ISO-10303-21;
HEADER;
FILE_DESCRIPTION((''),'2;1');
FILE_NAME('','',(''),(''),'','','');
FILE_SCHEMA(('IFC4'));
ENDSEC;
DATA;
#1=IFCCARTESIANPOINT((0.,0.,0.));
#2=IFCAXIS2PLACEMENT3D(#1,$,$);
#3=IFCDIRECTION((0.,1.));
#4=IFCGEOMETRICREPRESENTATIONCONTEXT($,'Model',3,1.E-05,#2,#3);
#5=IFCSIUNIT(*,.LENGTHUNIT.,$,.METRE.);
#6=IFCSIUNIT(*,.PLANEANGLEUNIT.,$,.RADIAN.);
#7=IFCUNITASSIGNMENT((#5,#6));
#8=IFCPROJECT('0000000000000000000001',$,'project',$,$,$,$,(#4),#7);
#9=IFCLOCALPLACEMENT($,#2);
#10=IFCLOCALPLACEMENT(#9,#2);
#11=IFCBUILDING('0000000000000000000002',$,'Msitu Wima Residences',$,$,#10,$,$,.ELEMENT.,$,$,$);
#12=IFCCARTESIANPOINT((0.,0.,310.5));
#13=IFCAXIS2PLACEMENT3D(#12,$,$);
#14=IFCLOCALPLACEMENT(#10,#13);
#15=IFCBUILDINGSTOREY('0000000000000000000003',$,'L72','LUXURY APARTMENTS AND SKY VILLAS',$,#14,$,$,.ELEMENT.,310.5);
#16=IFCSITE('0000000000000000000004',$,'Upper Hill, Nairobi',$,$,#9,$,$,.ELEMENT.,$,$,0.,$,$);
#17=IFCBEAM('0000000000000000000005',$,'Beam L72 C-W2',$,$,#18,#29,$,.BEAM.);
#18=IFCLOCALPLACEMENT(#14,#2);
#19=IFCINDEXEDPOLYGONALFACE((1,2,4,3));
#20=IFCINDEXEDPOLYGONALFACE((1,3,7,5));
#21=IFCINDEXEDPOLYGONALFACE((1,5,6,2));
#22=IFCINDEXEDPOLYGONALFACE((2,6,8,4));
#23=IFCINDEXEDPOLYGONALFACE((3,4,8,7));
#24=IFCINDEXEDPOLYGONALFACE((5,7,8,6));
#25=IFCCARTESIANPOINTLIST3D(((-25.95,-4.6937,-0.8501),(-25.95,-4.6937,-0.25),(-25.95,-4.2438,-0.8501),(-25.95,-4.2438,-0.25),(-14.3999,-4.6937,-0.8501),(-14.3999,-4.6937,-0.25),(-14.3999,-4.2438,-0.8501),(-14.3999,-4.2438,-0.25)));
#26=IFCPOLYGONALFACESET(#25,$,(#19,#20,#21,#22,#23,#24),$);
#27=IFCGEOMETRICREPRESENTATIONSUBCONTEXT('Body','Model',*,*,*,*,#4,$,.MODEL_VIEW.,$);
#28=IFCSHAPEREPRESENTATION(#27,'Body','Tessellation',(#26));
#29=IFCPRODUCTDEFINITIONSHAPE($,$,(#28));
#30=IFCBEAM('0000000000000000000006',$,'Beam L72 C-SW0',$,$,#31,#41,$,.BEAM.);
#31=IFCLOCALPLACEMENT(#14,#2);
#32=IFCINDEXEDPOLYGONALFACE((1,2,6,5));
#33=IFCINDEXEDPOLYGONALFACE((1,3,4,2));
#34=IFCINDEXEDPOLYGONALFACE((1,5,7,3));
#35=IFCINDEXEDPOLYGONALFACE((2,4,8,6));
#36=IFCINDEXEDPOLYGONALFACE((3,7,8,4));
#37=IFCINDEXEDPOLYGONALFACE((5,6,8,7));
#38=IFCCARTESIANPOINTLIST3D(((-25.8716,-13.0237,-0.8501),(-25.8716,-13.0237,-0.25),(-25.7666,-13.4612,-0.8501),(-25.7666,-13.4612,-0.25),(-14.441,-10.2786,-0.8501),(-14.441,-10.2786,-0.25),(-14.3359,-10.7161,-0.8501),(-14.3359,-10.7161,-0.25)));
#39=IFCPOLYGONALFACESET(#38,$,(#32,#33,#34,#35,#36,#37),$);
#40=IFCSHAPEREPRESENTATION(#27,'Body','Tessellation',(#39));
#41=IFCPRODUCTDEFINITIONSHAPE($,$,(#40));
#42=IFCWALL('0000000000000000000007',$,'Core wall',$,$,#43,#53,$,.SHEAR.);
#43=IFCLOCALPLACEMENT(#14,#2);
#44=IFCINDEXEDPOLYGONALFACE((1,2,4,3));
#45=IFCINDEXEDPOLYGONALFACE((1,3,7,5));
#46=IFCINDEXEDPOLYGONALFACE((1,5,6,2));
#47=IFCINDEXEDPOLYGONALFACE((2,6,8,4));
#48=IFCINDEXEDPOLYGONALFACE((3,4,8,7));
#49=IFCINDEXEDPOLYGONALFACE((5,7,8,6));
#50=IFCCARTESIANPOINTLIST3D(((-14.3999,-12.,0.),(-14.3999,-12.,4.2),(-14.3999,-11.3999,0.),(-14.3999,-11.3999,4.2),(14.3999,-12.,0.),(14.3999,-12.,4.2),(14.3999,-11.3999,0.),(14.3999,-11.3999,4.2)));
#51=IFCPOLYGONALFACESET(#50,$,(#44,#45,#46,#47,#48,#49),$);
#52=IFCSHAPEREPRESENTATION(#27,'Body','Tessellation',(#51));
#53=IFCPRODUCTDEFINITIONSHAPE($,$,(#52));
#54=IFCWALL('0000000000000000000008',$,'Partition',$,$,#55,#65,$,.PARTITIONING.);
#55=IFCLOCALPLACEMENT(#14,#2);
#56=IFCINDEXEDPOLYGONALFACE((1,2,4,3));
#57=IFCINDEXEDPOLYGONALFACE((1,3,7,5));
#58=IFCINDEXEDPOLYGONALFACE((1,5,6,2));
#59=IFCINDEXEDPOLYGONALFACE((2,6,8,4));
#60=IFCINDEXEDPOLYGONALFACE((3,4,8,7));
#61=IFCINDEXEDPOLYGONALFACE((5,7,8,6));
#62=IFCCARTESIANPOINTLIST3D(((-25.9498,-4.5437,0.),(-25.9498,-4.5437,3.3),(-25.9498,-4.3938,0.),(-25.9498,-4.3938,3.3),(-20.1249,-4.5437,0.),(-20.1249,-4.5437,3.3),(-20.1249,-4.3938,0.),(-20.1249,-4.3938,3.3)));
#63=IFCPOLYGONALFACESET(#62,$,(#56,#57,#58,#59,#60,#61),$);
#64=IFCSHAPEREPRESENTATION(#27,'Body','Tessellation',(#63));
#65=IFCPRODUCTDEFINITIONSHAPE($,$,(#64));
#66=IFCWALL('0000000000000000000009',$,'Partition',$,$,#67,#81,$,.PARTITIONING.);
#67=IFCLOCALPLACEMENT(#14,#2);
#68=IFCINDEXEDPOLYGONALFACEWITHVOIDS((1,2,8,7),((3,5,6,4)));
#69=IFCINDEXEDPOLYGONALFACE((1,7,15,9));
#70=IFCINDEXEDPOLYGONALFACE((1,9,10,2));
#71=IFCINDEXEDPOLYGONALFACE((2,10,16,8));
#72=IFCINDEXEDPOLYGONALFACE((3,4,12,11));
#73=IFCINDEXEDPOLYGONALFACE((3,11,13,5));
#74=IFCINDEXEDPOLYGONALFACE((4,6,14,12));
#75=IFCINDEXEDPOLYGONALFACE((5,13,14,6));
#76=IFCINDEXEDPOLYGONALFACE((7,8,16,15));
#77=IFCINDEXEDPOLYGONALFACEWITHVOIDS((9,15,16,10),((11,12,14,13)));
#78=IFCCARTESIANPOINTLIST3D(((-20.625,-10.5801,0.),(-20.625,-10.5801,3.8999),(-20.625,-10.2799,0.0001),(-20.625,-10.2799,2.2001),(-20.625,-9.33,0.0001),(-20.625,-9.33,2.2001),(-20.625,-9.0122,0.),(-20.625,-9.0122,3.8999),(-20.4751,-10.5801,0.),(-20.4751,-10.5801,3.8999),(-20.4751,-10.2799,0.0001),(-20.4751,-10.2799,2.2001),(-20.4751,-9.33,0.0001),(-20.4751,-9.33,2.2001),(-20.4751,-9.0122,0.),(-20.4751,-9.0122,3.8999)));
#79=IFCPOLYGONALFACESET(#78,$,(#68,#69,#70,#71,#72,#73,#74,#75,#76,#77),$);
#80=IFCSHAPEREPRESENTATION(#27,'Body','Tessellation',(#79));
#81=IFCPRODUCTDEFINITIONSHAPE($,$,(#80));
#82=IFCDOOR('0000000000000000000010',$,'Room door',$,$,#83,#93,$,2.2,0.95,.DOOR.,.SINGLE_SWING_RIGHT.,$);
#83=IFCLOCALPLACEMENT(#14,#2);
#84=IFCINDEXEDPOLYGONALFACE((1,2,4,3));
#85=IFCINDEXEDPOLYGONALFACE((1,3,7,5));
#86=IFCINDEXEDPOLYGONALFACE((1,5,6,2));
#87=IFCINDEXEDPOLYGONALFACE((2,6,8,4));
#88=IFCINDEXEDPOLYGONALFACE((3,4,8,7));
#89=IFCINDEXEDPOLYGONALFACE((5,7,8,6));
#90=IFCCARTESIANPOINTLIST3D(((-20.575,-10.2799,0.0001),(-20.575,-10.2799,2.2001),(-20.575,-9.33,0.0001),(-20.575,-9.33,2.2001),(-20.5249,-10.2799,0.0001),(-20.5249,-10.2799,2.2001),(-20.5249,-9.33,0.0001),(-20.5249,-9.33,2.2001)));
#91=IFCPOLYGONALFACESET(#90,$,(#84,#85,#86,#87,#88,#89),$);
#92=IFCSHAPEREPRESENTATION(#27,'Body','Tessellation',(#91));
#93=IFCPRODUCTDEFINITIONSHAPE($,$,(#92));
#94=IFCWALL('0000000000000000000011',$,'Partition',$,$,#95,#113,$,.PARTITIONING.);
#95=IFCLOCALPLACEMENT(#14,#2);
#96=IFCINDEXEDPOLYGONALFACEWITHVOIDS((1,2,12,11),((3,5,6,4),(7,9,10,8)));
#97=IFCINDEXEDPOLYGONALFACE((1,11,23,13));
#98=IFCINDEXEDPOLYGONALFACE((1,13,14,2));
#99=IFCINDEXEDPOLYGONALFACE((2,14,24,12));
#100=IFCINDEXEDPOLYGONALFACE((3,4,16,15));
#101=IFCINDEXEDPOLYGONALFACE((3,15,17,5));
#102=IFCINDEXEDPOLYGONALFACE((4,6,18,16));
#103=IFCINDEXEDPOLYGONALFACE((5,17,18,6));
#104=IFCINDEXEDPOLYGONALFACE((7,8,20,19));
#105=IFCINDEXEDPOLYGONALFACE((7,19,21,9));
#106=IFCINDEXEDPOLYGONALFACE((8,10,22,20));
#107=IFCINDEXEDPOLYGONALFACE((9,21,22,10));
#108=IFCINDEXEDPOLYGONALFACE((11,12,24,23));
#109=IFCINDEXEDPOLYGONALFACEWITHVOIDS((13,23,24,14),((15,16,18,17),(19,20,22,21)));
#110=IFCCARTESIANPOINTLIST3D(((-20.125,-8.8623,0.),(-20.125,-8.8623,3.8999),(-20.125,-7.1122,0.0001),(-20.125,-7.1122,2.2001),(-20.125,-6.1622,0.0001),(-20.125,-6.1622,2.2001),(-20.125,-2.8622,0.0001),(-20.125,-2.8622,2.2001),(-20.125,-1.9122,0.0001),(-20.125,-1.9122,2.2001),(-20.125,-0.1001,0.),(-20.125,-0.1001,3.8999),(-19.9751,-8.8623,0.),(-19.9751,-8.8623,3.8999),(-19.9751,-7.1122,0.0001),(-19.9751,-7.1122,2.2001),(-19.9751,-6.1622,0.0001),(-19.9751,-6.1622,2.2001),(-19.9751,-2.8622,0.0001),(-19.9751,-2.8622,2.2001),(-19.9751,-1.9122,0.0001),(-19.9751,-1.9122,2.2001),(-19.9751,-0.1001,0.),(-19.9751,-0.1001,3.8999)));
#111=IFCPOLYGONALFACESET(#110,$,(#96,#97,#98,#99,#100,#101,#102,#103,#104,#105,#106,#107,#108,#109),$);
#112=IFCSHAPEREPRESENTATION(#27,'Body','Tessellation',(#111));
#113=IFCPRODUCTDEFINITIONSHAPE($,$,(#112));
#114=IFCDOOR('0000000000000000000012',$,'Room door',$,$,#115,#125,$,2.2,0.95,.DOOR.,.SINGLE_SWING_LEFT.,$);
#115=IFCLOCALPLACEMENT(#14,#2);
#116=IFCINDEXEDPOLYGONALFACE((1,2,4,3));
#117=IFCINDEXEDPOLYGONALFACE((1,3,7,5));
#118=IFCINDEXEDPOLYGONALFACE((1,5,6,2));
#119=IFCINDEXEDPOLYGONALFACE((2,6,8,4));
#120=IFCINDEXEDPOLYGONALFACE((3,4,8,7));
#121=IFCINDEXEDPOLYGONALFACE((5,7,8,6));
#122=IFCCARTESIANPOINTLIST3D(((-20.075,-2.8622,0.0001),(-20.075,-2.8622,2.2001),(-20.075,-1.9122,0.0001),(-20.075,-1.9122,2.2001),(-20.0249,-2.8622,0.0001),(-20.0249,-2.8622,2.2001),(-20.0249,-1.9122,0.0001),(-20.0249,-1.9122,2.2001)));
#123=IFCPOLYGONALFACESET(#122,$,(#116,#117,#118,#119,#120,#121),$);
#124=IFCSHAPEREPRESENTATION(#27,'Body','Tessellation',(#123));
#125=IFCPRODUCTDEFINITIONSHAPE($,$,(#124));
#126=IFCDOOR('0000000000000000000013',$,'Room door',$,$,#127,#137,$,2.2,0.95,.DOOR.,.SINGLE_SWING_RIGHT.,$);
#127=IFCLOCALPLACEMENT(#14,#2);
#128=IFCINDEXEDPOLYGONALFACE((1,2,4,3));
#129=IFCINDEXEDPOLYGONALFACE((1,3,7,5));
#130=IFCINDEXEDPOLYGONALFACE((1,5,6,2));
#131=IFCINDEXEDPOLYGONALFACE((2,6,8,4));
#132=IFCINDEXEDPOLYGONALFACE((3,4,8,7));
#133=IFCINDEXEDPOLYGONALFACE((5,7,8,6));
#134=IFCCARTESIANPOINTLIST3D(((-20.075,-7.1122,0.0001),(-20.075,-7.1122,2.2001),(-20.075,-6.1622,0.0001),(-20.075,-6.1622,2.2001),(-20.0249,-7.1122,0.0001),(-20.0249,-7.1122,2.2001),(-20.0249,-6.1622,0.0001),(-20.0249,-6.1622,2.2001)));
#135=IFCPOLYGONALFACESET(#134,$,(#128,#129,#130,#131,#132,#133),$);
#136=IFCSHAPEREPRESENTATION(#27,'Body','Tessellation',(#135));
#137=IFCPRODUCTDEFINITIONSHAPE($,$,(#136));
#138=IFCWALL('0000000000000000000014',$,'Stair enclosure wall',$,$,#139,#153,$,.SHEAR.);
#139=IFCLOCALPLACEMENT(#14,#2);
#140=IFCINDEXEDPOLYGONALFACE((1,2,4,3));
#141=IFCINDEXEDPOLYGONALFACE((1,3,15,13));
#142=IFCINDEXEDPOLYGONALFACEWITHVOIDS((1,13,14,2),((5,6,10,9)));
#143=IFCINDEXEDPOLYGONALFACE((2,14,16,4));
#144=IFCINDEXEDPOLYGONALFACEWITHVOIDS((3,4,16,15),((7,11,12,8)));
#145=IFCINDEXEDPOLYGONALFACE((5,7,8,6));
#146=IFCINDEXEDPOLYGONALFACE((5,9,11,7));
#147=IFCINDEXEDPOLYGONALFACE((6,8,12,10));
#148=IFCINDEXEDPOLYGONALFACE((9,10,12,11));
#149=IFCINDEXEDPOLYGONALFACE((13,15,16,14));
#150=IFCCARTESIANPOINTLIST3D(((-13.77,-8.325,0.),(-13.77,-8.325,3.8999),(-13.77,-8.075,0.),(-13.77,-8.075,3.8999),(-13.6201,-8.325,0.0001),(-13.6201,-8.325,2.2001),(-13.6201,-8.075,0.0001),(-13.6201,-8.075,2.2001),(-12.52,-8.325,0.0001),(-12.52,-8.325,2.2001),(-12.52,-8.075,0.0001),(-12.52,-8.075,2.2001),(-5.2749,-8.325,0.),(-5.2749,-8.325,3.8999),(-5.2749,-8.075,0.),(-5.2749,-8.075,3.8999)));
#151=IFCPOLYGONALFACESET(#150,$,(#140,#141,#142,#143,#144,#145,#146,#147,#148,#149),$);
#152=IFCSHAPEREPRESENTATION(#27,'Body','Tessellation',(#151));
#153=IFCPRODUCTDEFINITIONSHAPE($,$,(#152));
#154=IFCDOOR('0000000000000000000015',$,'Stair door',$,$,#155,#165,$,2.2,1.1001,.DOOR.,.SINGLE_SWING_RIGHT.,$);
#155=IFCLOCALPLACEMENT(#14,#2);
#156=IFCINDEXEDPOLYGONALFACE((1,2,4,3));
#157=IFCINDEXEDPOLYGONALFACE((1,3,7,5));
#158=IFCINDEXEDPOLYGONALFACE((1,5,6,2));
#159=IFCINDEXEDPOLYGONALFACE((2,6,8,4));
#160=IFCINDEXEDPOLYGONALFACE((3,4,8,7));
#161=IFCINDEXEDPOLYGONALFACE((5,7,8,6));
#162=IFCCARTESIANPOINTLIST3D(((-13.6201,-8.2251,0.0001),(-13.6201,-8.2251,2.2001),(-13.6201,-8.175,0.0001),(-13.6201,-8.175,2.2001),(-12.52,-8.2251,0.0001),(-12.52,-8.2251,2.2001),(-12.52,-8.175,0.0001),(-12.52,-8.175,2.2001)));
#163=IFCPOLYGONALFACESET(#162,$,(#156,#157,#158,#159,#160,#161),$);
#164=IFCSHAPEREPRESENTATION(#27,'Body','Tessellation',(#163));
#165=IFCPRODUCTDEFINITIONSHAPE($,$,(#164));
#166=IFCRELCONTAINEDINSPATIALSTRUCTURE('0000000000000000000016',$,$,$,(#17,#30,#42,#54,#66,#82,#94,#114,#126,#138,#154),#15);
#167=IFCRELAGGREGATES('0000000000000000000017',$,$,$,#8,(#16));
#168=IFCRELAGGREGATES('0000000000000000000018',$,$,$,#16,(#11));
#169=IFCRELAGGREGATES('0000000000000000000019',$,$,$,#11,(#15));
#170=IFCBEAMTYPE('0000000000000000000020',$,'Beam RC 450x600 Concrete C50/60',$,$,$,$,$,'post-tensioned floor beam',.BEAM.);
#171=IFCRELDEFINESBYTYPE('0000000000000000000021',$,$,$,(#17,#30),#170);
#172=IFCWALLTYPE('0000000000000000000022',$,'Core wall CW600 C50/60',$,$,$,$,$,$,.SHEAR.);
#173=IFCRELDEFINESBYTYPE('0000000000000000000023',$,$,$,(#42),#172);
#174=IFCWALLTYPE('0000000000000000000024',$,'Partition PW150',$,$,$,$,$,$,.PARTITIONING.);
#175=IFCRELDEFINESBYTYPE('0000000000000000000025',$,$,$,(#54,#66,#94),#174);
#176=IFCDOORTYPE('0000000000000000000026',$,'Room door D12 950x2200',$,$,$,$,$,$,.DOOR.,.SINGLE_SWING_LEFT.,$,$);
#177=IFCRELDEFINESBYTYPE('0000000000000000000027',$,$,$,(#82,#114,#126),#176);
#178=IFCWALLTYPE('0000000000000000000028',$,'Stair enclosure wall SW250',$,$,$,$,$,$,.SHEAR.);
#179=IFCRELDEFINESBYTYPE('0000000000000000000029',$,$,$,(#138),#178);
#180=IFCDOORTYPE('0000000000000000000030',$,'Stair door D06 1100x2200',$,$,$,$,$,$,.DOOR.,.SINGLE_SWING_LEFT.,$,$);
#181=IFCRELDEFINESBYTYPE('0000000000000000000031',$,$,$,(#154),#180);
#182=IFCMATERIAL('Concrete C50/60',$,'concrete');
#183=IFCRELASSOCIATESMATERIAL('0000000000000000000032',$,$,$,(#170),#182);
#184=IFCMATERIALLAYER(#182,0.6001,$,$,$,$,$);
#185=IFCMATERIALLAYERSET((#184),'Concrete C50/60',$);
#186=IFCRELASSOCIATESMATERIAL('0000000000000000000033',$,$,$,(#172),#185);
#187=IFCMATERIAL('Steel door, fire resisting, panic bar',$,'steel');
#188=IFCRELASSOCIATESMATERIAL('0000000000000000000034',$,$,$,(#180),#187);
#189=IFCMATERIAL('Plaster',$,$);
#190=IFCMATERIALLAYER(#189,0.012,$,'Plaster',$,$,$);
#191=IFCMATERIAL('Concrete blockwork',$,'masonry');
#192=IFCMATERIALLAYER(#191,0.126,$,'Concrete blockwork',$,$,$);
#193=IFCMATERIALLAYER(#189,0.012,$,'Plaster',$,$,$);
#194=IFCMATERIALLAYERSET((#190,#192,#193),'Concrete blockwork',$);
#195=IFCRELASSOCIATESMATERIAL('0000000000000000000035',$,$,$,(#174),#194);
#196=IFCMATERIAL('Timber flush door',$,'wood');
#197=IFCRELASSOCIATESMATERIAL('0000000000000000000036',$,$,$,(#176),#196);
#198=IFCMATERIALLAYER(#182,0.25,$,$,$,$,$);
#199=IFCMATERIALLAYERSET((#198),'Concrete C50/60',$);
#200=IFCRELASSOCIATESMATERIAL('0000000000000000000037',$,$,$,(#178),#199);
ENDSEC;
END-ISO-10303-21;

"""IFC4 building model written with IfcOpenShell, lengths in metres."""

from ifc_helpers import new_model, si_unit, direction, frame, frame_2d, origin, origin_2d, place, context, subcontext, project, spatial, rectangle, extrude, material, layer, layer_set, material_profile, profile_set, type_object, element, fill, save


model = new_model("IFC4")

# Units and contexts
model_context = context("Model", 3, precision=1e-05, world=origin(), true_north=direction((0.0, 1.0)))
body_context = subcontext(model_context, "Body", "Model", "MODEL_VIEW")
ifc_project = project(units=[si_unit("LENGTHUNIT", "METRE"), si_unit("PLANEANGLEUNIT", "RADIAN")], contexts=[model_context])

# Site, building, storey
site_placement = place(None, origin())
site = spatial("IfcSite", under=ifc_project, at=site_placement, Name="Upper Hill, Nairobi", CompositionType="ELEMENT", RefElevation=0.0)
building_placement = place(site_placement, origin())
building = spatial("IfcBuilding", under=site, at=building_placement, Name="Msitu Wima Residences", CompositionType="ELEMENT")
storey_placement = place(building_placement, frame((0.0, 0.0, 310.5)))
storey = spatial("IfcBuildingStorey", under=building, at=storey_placement, Name="L72", Description="LUXURY APARTMENTS AND SKY VILLAS", CompositionType="ELEMENT", Elevation=310.5)

# Beams
ifc_material_1 = material(Name="Concrete C50/60", Category="concrete")
ifc_material_profile = material_profile(ifc_material_1, rectangle(XDim=0.45, YDim=0.6001, at=origin_2d()), Name="RC 450x600")
ifc_profile_set = profile_set([ifc_material_profile], Name="Concrete C50/60")
beam_type = type_object("IfcBeamType", Name="Beam RC 450x600 Concrete C50/60", ElementType="post-tensioned floor beam", PredefinedType="BEAM", material=ifc_profile_set)
beam_1_placement = place(storey_placement, frame((-25.95, -4.4688, -0.55), z_axis=(1.0, 0.0, 0.0), x_axis=(0.0, 1.0, 0.0)))
element("IfcBeam", 1, at=beam_1_placement, inside=storey, type_object=beam_type, Name="Beam L72 C-W2", PredefinedType="BEAM", context=body_context, shape_type="SweptSolid", body=[
    extrude(rectangle(XDim=0.45, YDim=0.6001, at=origin_2d()), origin(), (0.0, 0.0, 1.0), 11.55),
])
beam_2_placement = place(storey_placement, frame((-25.8191, -13.2424, -0.55), z_axis=(0.972353, 0.233514, 0.0), x_axis=(-0.233514, 0.972353, 0.0)))
element("IfcBeam", 2, at=beam_2_placement, inside=storey, type_object=beam_type, Name="Beam L72 C-SW0", PredefinedType="BEAM", context=body_context, shape_type="SweptSolid", body=[
    extrude(rectangle(XDim=0.45, YDim=0.6001, at=origin_2d()), origin(), (0.0, 0.0, 1.0), 11.7556),
])

# Wall
ifc_layer_1 = layer(ifc_material_1, 0.6001)
ifc_layer_set_1 = layer_set([ifc_layer_1], Name="Concrete C50/60")
wall_type_1 = type_object("IfcWallType", Name="Core wall CW600 C50/60", PredefinedType="SHEAR", material=ifc_layer_set_1)
wall_1_placement = place(storey_placement, frame((-14.3999, -11.7, 0.0), z_axis=(0.0, 0.0, 1.0), x_axis=(1.0, 0.0, 0.0)))
element("IfcWall", 3, at=wall_1_placement, inside=storey, type_object=wall_type_1, Name="Core wall", PredefinedType="SHEAR", context=body_context, shape_type="SweptSolid", body=[
    extrude(rectangle(XDim=28.7998, YDim=0.6001, at=frame_2d((14.3999, 0.0))), origin(), (0.0, 0.0, 1.0), 4.2),
])

# Shared definitions
ifc_material_2 = material(Name="Steel door, fire resisting, panic bar", Category="steel")
door_type_1 = type_object("IfcDoorType", Name="Stair door D06 1100x2200", OperationType="SINGLE_SWING_LEFT", PredefinedType="DOOR", material=ifc_material_2)

# Wall
ifc_material_3 = material(Name="Plaster")
ifc_layer_2 = layer(ifc_material_3, 0.012, Name="Plaster")
ifc_material_4 = material(Name="Concrete blockwork", Category="masonry")
ifc_layer_3 = layer(ifc_material_4, 0.126, Name="Concrete blockwork")
ifc_layer_4 = layer(ifc_material_3, 0.012, Name="Plaster")
ifc_layer_set_2 = layer_set([ifc_layer_2, ifc_layer_3, ifc_layer_4], Name="Concrete blockwork")
wall_type_2 = type_object("IfcWallType", Name="Partition PW150", PredefinedType="PARTITIONING", material=ifc_layer_set_2)
wall_2_placement = place(storey_placement, frame((-25.95, -4.4688, 0.0), z_axis=(0.0, 0.0, 1.0), x_axis=(1.0, 0.0, 0.0)))
element("IfcWall", 4, at=wall_2_placement, inside=storey, type_object=wall_type_2, Name="Partition", PredefinedType="PARTITIONING", context=body_context, shape_type="SweptSolid", body=[
    extrude(rectangle(XDim=5.825, YDim=0.1499, at=frame_2d((2.9126, 0.0))), origin(), (0.0, 0.0, 1.0), 3.3),
])

# Wall, opening, door
wall_3_placement = place(storey_placement, frame((-20.55, -10.5801, 0.0), z_axis=(0.0, 0.0, 1.0), x_axis=(0.0, 1.0, 0.0)))
wall_3 = element("IfcWall", 5, at=wall_3_placement, inside=storey, type_object=wall_type_2, Name="Partition", PredefinedType="PARTITIONING", context=body_context, shape_type="SweptSolid", body=[
    extrude(rectangle(XDim=1.5679, YDim=0.1499, at=frame_2d((0.7839, 0.0))), origin(), (0.0, 0.0, 1.0), 3.8999),
])
opening_1_placement = place(wall_3_placement, frame((0.3, 0.0, 0.0)))
opening_1 = element("IfcOpeningElement", 6, at=opening_1_placement, cuts=wall_3, PredefinedType="OPENING", context=body_context, shape_type="SweptSolid", body=[
    extrude(rectangle(XDim=0.95, YDim=2.2, at=frame_2d((0.4751, 1.1001))), frame((0.0, 0.085, 0.0), z_axis=(0.0, -1.0, 0.0), x_axis=(1.0, 0.0, 0.0)), (0.0, 0.0, 1.0), 0.1699),
])
ifc_material_5 = material(Name="Timber flush door", Category="wood")
door_type_2 = type_object("IfcDoorType", Name="Room door D12 950x2200", OperationType="SINGLE_SWING_LEFT", PredefinedType="DOOR", material=ifc_material_5)
door_1_placement = place(opening_1_placement, origin())
door_1 = element("IfcDoor", 7, at=door_1_placement, inside=storey, type_object=door_type_2, Name="Room door", OperationType="SINGLE_SWING_RIGHT", OverallHeight=2.2, OverallWidth=0.95, PredefinedType="DOOR", context=body_context, shape_type="SweptSolid", body=[
    extrude(rectangle(XDim=0.95, YDim=2.2, at=frame_2d((0.4751, 1.1001))), frame((0.0, 0.0249, 0.0), z_axis=(0.0, -1.0, 0.0), x_axis=(1.0, 0.0, 0.0)), (0.0, 0.0, 1.0), 0.05),
])
fill(opening_1, door_1)

# Wall, openings, doors
wall_4_placement = place(storey_placement, frame((-20.05, -8.8623, 0.0), z_axis=(0.0, 0.0, 1.0), x_axis=(0.0, 1.0, 0.0)))
wall_4 = element("IfcWall", 8, at=wall_4_placement, inside=storey, type_object=wall_type_2, Name="Partition", PredefinedType="PARTITIONING", context=body_context, shape_type="SweptSolid", body=[
    extrude(rectangle(XDim=8.7622, YDim=0.1499, at=frame_2d((4.3811, 0.0))), origin(), (0.0, 0.0, 1.0), 3.8999),
])
opening_2_placement = place(wall_4_placement, frame((6.0, 0.0, 0.0)))
opening_2 = element("IfcOpeningElement", 9, at=opening_2_placement, cuts=wall_4, PredefinedType="OPENING", context=body_context, shape_type="SweptSolid", body=[
    extrude(rectangle(XDim=0.95, YDim=2.2, at=frame_2d((0.4751, 1.1001))), frame((0.0, 0.085, 0.0), z_axis=(0.0, -1.0, 0.0), x_axis=(1.0, 0.0, 0.0)), (0.0, 0.0, 1.0), 0.1699),
])
opening_3_placement = place(wall_4_placement, frame((1.75, 0.0, 0.0)))
opening_3 = element("IfcOpeningElement", 10, at=opening_3_placement, cuts=wall_4, PredefinedType="OPENING", context=body_context, shape_type="SweptSolid", body=[
    extrude(rectangle(XDim=0.95, YDim=2.2, at=frame_2d((0.4751, 1.1001))), frame((0.0, 0.085, 0.0), z_axis=(0.0, -1.0, 0.0), x_axis=(1.0, 0.0, 0.0)), (0.0, 0.0, 1.0), 0.1699),
])
door_2_placement = place(opening_2_placement, origin())
door_2 = element("IfcDoor", 11, at=door_2_placement, inside=storey, type_object=door_type_2, Name="Room door", OperationType="SINGLE_SWING_LEFT", OverallHeight=2.2, OverallWidth=0.95, PredefinedType="DOOR", context=body_context, shape_type="SweptSolid", body=[
    extrude(rectangle(XDim=0.95, YDim=2.2, at=frame_2d((0.4751, 1.1001))), frame((0.0, 0.0249, 0.0), z_axis=(0.0, -1.0, 0.0), x_axis=(1.0, 0.0, 0.0)), (0.0, 0.0, 1.0), 0.05),
])
fill(opening_2, door_2)
door_3_placement = place(opening_3_placement, origin())
door_3 = element("IfcDoor", 12, at=door_3_placement, inside=storey, type_object=door_type_2, Name="Room door", OperationType="SINGLE_SWING_RIGHT", OverallHeight=2.2, OverallWidth=0.95, PredefinedType="DOOR", context=body_context, shape_type="SweptSolid", body=[
    extrude(rectangle(XDim=0.95, YDim=2.2, at=frame_2d((0.4751, 1.1001))), frame((0.0, 0.0249, 0.0), z_axis=(0.0, -1.0, 0.0), x_axis=(1.0, 0.0, 0.0)), (0.0, 0.0, 1.0), 0.05),
])
fill(opening_3, door_3)

# Wall, opening, door
ifc_layer_5 = layer(ifc_material_1, 0.25)
ifc_layer_set_3 = layer_set([ifc_layer_5], Name="Concrete C50/60")
wall_type_3 = type_object("IfcWallType", Name="Stair enclosure wall SW250", PredefinedType="SHEAR", material=ifc_layer_set_3)
wall_5_placement = place(storey_placement, frame((-13.77, -8.2, 0.0), z_axis=(0.0, 0.0, 1.0), x_axis=(1.0, 0.0, 0.0)))
wall_5 = element("IfcWall", 13, at=wall_5_placement, inside=storey, type_object=wall_type_3, Name="Stair enclosure wall", PredefinedType="SHEAR", context=body_context, shape_type="SweptSolid", body=[
    extrude(rectangle(XDim=8.4951, YDim=0.25, at=frame_2d((4.2476, 0.0))), origin(), (0.0, 0.0, 1.0), 3.8999),
])
opening_4_placement = place(wall_5_placement, frame((0.1499, 0.0, 0.0)))
opening_4 = element("IfcOpeningElement", 14, at=opening_4_placement, cuts=wall_5, PredefinedType="OPENING", context=body_context, shape_type="SweptSolid", body=[
    extrude(rectangle(XDim=1.1001, YDim=2.2, at=frame_2d((0.55, 1.1001))), frame((0.0, 0.135, 0.0), z_axis=(0.0, -1.0, 0.0), x_axis=(1.0, 0.0, 0.0)), (0.0, 0.0, 1.0), 0.27),
])
door_4_placement = place(opening_4_placement, origin())
door_4 = element("IfcDoor", 15, at=door_4_placement, inside=storey, type_object=door_type_1, Name="Stair door", OperationType="SINGLE_SWING_RIGHT", OverallHeight=2.2, OverallWidth=1.1001, PredefinedType="DOOR", context=body_context, shape_type="SweptSolid", body=[
    extrude(rectangle(XDim=1.1001, YDim=2.2, at=frame_2d((0.55, 1.1001))), frame((0.0, 0.0249, 0.0), z_axis=(0.0, -1.0, 0.0), x_axis=(1.0, 0.0, 0.0)), (0.0, 0.0, 1.0), 0.05),
])
fill(opening_4, door_4)

save(model, "model.ifc")
